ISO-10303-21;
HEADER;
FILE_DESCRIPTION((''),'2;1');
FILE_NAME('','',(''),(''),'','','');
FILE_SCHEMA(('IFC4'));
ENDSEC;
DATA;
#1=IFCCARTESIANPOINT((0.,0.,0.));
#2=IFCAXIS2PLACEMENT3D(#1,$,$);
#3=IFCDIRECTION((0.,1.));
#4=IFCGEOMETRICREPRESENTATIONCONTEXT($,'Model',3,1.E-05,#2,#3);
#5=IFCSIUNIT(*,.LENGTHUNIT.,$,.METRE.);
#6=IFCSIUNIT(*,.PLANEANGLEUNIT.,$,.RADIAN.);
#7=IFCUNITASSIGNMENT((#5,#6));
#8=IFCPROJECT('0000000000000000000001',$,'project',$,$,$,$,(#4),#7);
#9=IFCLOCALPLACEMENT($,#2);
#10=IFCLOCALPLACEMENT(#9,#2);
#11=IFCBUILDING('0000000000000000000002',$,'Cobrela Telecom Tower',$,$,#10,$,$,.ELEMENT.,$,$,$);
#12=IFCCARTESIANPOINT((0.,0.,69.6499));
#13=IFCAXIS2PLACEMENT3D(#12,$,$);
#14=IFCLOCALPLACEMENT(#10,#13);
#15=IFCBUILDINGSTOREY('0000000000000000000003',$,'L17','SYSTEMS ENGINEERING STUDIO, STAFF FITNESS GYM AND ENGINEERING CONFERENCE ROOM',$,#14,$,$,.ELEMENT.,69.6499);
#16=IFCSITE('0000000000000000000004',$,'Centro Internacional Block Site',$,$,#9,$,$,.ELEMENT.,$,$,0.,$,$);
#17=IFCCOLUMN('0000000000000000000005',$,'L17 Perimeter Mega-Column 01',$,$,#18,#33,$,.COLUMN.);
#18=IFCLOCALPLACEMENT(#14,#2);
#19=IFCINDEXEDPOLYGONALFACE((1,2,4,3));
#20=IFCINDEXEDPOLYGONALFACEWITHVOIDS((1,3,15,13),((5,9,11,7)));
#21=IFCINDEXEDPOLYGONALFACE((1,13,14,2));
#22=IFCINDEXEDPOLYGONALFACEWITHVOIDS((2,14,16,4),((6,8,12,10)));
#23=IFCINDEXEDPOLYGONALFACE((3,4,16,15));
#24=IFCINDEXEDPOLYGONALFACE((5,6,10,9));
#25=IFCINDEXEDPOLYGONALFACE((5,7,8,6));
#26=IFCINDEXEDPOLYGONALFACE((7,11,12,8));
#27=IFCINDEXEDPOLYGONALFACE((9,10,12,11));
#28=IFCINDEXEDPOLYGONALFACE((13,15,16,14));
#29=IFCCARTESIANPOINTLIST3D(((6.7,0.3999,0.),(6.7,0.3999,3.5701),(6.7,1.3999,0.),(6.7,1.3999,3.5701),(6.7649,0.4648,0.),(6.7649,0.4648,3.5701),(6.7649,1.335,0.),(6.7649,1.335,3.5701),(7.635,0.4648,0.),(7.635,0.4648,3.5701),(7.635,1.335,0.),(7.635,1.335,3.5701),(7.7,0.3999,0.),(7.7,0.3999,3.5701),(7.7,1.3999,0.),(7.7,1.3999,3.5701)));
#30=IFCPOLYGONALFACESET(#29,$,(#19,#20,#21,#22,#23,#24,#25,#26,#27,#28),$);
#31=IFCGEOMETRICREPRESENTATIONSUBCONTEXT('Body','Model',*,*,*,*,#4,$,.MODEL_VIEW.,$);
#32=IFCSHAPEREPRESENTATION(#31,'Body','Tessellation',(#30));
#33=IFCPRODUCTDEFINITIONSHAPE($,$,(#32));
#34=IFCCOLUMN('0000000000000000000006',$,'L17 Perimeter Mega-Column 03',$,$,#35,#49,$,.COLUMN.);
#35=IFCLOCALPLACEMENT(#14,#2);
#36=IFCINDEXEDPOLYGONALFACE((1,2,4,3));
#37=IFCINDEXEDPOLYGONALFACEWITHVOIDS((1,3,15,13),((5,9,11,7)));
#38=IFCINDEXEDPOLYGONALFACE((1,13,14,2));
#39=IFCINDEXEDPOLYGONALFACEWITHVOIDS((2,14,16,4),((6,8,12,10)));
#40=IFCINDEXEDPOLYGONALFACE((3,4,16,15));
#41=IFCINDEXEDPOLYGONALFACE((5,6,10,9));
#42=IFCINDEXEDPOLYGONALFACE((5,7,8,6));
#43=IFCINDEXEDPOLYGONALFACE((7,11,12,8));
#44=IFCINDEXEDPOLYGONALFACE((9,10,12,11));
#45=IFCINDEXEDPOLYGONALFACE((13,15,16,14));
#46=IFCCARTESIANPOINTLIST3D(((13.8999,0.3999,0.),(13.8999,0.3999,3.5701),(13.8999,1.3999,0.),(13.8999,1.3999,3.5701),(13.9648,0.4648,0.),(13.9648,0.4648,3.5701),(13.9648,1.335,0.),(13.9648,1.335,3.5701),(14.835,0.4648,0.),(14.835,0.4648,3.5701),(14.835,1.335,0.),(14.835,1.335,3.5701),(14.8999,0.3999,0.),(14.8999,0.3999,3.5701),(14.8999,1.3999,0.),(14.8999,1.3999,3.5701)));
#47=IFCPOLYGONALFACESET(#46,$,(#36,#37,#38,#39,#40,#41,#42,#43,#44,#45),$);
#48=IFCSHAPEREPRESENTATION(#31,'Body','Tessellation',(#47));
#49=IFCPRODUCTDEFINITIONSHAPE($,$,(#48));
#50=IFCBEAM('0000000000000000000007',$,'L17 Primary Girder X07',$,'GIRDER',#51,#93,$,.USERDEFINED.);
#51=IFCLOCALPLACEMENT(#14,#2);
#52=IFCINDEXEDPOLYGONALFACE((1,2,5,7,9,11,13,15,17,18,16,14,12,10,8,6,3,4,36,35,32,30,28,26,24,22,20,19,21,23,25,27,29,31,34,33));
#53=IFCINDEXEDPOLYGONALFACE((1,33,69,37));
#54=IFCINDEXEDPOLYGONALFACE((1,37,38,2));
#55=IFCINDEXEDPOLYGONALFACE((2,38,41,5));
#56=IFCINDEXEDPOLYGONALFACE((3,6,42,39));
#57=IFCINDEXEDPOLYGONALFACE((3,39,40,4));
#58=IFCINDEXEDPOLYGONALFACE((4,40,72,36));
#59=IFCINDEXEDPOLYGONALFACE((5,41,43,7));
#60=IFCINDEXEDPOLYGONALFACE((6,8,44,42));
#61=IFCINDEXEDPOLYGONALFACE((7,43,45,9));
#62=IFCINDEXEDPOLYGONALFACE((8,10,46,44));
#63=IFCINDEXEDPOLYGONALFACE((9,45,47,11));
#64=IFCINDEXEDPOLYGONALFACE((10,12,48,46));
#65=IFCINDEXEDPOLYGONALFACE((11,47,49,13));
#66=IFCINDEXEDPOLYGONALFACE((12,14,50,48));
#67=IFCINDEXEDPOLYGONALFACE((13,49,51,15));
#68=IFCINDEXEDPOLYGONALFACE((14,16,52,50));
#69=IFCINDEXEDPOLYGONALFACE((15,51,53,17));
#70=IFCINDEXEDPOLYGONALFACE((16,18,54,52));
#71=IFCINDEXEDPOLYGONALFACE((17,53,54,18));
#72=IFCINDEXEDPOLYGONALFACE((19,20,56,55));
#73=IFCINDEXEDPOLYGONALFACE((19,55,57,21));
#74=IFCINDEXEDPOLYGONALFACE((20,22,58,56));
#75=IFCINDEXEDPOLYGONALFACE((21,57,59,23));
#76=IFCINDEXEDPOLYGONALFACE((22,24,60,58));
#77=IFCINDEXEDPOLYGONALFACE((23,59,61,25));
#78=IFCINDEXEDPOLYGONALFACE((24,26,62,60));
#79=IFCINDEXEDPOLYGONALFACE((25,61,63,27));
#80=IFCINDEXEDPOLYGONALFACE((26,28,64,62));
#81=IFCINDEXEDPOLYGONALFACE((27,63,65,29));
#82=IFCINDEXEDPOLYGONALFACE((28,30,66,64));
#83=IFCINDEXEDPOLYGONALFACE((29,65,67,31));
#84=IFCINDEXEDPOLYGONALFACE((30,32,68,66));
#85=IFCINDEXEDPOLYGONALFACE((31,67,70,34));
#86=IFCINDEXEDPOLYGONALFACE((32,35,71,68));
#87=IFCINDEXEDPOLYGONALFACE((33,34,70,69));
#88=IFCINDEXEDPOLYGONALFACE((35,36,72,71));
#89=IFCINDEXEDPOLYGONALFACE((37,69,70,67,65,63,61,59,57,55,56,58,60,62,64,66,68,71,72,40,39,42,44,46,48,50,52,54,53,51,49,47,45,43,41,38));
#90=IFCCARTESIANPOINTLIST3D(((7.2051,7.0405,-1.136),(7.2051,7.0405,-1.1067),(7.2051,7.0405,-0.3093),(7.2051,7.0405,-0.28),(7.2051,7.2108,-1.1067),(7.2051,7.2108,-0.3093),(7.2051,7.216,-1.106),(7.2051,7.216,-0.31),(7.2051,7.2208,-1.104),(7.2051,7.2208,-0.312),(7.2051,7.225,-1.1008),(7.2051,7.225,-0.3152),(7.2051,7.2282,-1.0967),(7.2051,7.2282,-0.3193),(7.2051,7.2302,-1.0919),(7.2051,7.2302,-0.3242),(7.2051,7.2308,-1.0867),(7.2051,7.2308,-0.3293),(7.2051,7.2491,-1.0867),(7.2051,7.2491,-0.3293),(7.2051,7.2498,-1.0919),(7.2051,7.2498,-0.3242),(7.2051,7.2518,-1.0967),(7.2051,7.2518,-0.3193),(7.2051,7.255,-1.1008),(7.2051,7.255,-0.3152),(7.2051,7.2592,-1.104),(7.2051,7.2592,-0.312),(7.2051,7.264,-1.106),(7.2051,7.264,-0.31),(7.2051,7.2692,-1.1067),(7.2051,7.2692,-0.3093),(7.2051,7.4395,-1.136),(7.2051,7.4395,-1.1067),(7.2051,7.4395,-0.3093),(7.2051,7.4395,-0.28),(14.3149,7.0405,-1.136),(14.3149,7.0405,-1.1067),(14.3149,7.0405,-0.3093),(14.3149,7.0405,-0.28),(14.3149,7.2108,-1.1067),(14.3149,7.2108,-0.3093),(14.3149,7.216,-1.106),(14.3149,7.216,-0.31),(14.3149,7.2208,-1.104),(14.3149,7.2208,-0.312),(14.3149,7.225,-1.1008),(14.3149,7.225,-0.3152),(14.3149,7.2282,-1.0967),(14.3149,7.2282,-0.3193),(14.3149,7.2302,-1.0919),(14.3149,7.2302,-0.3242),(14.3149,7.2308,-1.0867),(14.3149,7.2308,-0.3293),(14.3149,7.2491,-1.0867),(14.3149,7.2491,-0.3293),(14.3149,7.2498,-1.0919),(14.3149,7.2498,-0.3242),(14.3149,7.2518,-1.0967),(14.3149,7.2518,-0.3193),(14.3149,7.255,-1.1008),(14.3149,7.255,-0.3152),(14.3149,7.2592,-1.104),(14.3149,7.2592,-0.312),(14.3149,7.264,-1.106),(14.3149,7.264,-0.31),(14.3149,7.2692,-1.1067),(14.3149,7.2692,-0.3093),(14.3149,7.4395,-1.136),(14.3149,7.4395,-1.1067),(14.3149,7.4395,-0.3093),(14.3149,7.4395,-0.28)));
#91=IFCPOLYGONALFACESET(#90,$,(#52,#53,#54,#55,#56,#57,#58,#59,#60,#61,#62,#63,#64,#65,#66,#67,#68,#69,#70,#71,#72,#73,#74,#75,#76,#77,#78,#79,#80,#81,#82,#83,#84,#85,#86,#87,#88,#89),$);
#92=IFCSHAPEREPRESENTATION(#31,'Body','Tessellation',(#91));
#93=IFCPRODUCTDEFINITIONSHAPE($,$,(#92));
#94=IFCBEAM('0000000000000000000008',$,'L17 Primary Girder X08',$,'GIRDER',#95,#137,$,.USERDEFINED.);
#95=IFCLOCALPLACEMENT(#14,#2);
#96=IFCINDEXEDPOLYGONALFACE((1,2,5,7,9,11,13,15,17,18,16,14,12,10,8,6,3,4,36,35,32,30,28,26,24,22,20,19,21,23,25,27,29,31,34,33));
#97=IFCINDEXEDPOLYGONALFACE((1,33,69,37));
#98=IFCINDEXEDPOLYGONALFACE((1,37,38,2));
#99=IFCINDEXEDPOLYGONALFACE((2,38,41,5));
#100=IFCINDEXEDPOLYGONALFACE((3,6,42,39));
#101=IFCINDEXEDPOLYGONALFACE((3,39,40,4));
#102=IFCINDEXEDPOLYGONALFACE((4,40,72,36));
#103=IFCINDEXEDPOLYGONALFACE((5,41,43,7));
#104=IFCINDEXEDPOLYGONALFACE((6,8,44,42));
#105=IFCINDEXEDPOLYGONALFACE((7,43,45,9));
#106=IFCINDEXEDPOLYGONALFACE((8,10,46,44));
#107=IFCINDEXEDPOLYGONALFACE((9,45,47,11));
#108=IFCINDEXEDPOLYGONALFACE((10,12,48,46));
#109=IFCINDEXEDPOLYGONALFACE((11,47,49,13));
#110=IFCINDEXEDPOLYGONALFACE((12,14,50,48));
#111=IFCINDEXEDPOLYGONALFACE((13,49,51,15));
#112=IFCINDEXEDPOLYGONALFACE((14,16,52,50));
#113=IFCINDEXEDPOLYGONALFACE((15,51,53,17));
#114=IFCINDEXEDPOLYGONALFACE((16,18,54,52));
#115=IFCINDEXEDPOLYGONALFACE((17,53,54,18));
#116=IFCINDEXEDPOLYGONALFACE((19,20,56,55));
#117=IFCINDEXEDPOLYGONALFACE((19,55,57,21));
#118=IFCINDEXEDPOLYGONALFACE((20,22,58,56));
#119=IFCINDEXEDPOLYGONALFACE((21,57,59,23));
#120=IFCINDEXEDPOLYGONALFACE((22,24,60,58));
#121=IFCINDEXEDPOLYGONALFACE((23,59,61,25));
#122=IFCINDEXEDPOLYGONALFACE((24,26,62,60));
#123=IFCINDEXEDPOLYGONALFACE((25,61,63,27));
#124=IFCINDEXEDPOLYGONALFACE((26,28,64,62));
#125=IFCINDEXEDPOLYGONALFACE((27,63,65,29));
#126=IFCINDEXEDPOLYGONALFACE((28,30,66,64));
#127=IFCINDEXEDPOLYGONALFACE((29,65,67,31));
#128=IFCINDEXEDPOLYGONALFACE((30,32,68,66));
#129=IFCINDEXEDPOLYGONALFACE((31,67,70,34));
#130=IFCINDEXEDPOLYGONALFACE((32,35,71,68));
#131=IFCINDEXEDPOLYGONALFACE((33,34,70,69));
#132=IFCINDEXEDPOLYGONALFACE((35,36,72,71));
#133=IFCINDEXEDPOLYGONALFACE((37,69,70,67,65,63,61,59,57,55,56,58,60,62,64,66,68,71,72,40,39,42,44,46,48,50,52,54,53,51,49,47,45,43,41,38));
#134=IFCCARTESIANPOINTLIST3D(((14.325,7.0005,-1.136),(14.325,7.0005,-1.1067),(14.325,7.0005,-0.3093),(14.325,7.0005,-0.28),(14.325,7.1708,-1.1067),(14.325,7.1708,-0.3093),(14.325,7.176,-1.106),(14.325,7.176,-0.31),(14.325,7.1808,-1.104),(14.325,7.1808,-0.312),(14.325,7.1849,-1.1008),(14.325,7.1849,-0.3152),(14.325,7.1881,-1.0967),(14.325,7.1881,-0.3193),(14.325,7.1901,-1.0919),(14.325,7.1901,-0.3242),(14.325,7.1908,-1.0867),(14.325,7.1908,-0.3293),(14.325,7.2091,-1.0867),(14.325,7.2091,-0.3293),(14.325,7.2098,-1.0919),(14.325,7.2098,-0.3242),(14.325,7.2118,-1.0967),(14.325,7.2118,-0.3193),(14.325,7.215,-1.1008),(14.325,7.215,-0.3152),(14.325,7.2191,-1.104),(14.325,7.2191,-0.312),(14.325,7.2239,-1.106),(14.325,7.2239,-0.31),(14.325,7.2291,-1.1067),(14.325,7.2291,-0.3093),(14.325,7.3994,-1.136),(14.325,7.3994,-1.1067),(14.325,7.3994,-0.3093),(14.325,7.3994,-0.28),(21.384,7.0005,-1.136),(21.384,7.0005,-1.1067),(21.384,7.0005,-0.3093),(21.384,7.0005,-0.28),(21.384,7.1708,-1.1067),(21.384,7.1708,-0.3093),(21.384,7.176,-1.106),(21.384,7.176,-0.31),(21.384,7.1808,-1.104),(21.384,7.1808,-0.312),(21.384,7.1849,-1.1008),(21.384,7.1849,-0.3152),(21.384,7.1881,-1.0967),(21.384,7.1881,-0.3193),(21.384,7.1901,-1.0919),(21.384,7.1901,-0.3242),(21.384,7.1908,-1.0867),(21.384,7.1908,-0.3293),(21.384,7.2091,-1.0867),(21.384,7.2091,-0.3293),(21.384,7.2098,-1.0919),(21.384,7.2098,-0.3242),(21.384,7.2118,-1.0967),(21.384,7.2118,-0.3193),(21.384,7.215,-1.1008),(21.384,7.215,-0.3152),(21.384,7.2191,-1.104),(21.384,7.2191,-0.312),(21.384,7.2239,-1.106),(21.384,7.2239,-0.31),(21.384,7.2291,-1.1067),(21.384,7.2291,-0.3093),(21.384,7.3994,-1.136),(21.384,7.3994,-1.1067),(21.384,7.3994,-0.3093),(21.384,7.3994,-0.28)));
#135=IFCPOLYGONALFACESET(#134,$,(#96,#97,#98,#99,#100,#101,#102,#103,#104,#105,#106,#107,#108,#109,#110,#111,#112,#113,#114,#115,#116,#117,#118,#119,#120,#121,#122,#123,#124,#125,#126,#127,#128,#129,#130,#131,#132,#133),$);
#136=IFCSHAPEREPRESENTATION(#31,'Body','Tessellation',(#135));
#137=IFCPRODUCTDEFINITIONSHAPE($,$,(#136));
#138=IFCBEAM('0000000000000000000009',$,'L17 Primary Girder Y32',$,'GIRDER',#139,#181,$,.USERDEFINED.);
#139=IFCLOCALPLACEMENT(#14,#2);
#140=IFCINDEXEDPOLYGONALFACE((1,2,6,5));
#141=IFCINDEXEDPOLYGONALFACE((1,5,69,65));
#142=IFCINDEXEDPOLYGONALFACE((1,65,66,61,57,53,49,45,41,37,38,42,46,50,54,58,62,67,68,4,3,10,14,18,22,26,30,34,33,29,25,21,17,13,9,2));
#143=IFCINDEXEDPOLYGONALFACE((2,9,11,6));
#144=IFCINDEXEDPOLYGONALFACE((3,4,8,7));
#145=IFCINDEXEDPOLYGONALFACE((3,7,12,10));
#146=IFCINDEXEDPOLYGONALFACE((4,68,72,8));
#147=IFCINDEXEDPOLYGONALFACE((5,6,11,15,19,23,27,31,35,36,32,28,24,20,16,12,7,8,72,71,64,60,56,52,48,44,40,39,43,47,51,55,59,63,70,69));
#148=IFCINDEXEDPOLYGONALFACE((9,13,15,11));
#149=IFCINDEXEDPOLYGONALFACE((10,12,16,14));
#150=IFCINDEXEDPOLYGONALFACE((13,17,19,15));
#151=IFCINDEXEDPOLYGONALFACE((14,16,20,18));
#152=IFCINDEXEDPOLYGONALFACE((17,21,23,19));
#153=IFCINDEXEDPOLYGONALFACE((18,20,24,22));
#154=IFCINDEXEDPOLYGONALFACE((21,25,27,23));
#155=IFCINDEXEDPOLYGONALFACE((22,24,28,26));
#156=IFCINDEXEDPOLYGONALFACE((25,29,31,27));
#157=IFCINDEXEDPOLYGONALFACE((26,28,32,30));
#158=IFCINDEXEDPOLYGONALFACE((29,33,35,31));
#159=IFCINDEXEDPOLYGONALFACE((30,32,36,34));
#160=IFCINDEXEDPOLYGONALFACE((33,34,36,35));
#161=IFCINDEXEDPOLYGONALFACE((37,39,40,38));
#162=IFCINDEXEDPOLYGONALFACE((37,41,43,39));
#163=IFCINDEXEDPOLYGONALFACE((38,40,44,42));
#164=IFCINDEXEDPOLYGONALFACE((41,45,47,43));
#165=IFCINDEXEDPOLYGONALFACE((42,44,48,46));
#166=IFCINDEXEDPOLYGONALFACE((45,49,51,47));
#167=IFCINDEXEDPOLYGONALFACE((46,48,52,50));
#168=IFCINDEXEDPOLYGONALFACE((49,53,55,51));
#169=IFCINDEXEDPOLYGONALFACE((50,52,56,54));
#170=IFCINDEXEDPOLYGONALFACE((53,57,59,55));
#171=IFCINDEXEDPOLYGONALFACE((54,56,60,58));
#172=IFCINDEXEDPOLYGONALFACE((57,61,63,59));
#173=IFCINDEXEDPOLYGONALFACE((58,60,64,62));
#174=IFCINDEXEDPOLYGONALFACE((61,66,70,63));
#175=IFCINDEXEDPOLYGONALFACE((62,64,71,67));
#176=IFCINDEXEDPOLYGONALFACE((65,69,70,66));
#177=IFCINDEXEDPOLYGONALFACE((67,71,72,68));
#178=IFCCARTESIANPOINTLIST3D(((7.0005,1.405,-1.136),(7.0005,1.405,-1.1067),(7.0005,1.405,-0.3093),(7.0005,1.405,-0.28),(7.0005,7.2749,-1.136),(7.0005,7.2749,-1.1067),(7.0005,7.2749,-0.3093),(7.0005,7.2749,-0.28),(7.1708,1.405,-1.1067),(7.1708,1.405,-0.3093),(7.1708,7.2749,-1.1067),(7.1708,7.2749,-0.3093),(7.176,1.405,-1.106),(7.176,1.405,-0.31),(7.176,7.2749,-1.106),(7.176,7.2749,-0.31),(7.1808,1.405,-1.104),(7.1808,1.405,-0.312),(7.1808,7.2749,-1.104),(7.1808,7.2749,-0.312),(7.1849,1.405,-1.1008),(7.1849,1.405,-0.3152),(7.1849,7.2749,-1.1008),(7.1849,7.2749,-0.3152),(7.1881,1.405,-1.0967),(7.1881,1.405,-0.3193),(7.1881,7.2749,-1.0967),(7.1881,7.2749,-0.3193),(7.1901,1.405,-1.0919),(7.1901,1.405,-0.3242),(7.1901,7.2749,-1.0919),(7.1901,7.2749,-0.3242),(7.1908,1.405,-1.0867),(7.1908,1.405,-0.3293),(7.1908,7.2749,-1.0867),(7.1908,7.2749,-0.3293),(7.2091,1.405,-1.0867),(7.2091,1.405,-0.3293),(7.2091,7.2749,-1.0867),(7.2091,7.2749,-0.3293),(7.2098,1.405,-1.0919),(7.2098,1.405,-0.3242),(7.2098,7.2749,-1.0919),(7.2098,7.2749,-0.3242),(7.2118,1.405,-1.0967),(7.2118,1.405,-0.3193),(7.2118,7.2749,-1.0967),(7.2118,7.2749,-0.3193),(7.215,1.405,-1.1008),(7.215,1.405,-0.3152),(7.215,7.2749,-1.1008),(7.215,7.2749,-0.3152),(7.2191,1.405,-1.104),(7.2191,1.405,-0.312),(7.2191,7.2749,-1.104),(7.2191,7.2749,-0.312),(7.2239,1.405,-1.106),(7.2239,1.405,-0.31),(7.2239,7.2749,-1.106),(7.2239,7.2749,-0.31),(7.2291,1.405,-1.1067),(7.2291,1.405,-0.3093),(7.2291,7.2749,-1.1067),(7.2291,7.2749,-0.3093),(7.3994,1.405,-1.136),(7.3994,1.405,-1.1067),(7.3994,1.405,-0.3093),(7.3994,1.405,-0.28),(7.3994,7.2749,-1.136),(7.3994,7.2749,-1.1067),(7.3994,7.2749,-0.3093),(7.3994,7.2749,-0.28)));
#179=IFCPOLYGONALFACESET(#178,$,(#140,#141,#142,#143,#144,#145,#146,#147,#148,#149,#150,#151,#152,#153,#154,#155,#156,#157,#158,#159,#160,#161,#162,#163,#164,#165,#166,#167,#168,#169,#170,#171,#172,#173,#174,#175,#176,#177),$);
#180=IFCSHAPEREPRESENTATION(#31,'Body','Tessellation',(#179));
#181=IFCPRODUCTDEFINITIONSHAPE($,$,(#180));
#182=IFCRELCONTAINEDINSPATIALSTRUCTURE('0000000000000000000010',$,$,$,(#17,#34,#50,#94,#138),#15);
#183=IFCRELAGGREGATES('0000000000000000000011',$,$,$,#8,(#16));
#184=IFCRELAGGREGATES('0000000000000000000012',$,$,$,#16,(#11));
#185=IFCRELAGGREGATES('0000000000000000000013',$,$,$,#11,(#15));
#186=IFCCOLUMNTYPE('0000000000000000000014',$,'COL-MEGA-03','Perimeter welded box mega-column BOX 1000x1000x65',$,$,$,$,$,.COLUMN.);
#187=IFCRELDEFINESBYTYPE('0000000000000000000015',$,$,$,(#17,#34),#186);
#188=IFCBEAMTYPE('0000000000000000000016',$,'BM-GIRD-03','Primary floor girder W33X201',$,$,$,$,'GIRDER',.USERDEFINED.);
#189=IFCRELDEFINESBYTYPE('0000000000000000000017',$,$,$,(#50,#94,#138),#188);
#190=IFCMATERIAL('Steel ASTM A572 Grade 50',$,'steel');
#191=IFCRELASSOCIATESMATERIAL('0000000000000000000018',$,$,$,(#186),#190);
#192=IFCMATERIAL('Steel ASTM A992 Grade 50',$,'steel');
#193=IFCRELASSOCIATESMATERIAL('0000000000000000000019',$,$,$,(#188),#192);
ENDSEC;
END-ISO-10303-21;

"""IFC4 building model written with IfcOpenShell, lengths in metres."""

from ifc_helpers import new_model, si_unit, direction, frame, origin, origin_2d, place, context, subcontext, project, spatial, hollow_rectangle, i_section, extrude, material, material_profile, profile_set, type_object, element, save


model = new_model("IFC4")

# Units and contexts
model_context = context("Model", 3, precision=1e-05, world=origin(), true_north=direction((0.0, 1.0)))
body_context = subcontext(model_context, "Body", "Model", "MODEL_VIEW")
ifc_project = project(units=[si_unit("LENGTHUNIT", "METRE"), si_unit("PLANEANGLEUNIT", "RADIAN")], contexts=[model_context])

# Site, building, storey
site_placement = place(None, origin())
site = spatial("IfcSite", under=ifc_project, at=site_placement, Name="Centro Internacional Block Site", CompositionType="ELEMENT", RefElevation=0.0)
building_placement = place(site_placement, origin())
building = spatial("IfcBuilding", under=site, at=building_placement, Name="Cobrela Telecom Tower", CompositionType="ELEMENT")
storey_placement = place(building_placement, frame((0.0, 0.0, 69.6499)))
storey = spatial("IfcBuildingStorey", under=building, at=storey_placement, Name="L17", Description="SYSTEMS ENGINEERING STUDIO, STAFF FITNESS GYM AND ENGINEERING CONFERENCE ROOM", CompositionType="ELEMENT", Elevation=69.6499)

# Columns
ifc_material_1 = material(Name="Steel ASTM A572 Grade 50", Category="steel")
ifc_material_profile_1 = material_profile(ifc_material_1, hollow_rectangle(XDim=1.0, YDim=1.0, WallThickness=0.0649, at=origin_2d()), Name="BOX 1000x1000x65")
ifc_profile_set_1 = profile_set([ifc_material_profile_1], Name="Steel ASTM A572 Grade 50")
column_type = type_object("IfcColumnType", Name="COL-MEGA-03", Description="Perimeter welded box mega-column BOX 1000x1000x65", PredefinedType="COLUMN", material=ifc_profile_set_1)
for number, where, z_axis, x_axis, name in (
    (1, (7.2, 0.8999, 0.0), (0.0, 0.0, 1.0), (1.0, 0.0, 0.0), "L17 Perimeter Mega-Column 01"),
    (2, (14.3999, 0.8999, 0.0), (0.0, 0.0, 1.0), (1.0, 0.0, 0.0), "L17 Perimeter Mega-Column 03"),
):
    element("IfcColumn", number, at=place(storey_placement, frame(where, z_axis=z_axis, x_axis=x_axis)), inside=storey, type_object=column_type, Name=name, PredefinedType="COLUMN", context=body_context, shape_type="SweptSolid", body=[
        extrude(hollow_rectangle(XDim=1.0, YDim=1.0, WallThickness=0.0649, at=origin_2d()), origin(), (0.0, 0.0, 1.0), 3.5701),
    ])

# Beams
ifc_material_2 = material(Name="Steel ASTM A992 Grade 50", Category="steel")
ifc_material_profile_2 = material_profile(ifc_material_2, i_section(OverallWidth=0.3989, OverallDepth=0.856, WebThickness=0.0183, FlangeThickness=0.0293, FilletRadius=0.02, at=origin_2d()), Name="W33X201")
ifc_profile_set_2 = profile_set([ifc_material_profile_2], Name="Steel ASTM A992 Grade 50")
beam_type_1 = type_object("IfcBeamType", Name="BM-GIRD-03", Description="Primary floor girder W33X201", ElementType="GIRDER", PredefinedType="USERDEFINED", material=ifc_profile_set_2)
beam_1_placement = place(storey_placement, frame((7.2051, 7.24, -0.708), z_axis=(1.0, 0.0, 0.0), x_axis=(0.0, 1.0, 0.0)))
element("IfcBeam", 3, at=beam_1_placement, inside=storey, type_object=beam_type_1, Name="L17 Primary Girder X07", ObjectType="GIRDER", PredefinedType="USERDEFINED", context=body_context, shape_type="SweptSolid", body=[
    extrude(i_section(OverallWidth=0.3989, OverallDepth=0.856, WebThickness=0.0183, FlangeThickness=0.0293, FilletRadius=0.02, at=origin_2d()), origin(), (0.0, 0.0, 1.0), 7.1099),
])
beam_2_placement = place(storey_placement, frame((14.325, 7.2, -0.708), z_axis=(1.0, 0.0, 0.0), x_axis=(0.0, 1.0, 0.0)))
element("IfcBeam", 4, at=beam_2_placement, inside=storey, type_object=beam_type_1, Name="L17 Primary Girder X08", ObjectType="GIRDER", PredefinedType="USERDEFINED", context=body_context, shape_type="SweptSolid", body=[
    extrude(i_section(OverallWidth=0.3989, OverallDepth=0.856, WebThickness=0.0183, FlangeThickness=0.0293, FilletRadius=0.02, at=origin_2d()), origin(), (0.0, 0.0, 1.0), 7.0591),
])
beam_3_placement = place(storey_placement, frame((7.2, 1.405, -0.708), z_axis=(0.0, 1.0, 0.0), x_axis=(-1.0, 0.0, 0.0)))
element("IfcBeam", 5, at=beam_3_placement, inside=storey, type_object=beam_type_1, Name="L17 Primary Girder Y32", ObjectType="GIRDER", PredefinedType="USERDEFINED", context=body_context, shape_type="SweptSolid", body=[
    extrude(i_section(OverallWidth=0.3989, OverallDepth=0.856, WebThickness=0.0183, FlangeThickness=0.0293, FilletRadius=0.02, at=origin_2d()), origin(), (0.0, 0.0, 1.0), 5.8699),
])

save(model, "model.ifc")
